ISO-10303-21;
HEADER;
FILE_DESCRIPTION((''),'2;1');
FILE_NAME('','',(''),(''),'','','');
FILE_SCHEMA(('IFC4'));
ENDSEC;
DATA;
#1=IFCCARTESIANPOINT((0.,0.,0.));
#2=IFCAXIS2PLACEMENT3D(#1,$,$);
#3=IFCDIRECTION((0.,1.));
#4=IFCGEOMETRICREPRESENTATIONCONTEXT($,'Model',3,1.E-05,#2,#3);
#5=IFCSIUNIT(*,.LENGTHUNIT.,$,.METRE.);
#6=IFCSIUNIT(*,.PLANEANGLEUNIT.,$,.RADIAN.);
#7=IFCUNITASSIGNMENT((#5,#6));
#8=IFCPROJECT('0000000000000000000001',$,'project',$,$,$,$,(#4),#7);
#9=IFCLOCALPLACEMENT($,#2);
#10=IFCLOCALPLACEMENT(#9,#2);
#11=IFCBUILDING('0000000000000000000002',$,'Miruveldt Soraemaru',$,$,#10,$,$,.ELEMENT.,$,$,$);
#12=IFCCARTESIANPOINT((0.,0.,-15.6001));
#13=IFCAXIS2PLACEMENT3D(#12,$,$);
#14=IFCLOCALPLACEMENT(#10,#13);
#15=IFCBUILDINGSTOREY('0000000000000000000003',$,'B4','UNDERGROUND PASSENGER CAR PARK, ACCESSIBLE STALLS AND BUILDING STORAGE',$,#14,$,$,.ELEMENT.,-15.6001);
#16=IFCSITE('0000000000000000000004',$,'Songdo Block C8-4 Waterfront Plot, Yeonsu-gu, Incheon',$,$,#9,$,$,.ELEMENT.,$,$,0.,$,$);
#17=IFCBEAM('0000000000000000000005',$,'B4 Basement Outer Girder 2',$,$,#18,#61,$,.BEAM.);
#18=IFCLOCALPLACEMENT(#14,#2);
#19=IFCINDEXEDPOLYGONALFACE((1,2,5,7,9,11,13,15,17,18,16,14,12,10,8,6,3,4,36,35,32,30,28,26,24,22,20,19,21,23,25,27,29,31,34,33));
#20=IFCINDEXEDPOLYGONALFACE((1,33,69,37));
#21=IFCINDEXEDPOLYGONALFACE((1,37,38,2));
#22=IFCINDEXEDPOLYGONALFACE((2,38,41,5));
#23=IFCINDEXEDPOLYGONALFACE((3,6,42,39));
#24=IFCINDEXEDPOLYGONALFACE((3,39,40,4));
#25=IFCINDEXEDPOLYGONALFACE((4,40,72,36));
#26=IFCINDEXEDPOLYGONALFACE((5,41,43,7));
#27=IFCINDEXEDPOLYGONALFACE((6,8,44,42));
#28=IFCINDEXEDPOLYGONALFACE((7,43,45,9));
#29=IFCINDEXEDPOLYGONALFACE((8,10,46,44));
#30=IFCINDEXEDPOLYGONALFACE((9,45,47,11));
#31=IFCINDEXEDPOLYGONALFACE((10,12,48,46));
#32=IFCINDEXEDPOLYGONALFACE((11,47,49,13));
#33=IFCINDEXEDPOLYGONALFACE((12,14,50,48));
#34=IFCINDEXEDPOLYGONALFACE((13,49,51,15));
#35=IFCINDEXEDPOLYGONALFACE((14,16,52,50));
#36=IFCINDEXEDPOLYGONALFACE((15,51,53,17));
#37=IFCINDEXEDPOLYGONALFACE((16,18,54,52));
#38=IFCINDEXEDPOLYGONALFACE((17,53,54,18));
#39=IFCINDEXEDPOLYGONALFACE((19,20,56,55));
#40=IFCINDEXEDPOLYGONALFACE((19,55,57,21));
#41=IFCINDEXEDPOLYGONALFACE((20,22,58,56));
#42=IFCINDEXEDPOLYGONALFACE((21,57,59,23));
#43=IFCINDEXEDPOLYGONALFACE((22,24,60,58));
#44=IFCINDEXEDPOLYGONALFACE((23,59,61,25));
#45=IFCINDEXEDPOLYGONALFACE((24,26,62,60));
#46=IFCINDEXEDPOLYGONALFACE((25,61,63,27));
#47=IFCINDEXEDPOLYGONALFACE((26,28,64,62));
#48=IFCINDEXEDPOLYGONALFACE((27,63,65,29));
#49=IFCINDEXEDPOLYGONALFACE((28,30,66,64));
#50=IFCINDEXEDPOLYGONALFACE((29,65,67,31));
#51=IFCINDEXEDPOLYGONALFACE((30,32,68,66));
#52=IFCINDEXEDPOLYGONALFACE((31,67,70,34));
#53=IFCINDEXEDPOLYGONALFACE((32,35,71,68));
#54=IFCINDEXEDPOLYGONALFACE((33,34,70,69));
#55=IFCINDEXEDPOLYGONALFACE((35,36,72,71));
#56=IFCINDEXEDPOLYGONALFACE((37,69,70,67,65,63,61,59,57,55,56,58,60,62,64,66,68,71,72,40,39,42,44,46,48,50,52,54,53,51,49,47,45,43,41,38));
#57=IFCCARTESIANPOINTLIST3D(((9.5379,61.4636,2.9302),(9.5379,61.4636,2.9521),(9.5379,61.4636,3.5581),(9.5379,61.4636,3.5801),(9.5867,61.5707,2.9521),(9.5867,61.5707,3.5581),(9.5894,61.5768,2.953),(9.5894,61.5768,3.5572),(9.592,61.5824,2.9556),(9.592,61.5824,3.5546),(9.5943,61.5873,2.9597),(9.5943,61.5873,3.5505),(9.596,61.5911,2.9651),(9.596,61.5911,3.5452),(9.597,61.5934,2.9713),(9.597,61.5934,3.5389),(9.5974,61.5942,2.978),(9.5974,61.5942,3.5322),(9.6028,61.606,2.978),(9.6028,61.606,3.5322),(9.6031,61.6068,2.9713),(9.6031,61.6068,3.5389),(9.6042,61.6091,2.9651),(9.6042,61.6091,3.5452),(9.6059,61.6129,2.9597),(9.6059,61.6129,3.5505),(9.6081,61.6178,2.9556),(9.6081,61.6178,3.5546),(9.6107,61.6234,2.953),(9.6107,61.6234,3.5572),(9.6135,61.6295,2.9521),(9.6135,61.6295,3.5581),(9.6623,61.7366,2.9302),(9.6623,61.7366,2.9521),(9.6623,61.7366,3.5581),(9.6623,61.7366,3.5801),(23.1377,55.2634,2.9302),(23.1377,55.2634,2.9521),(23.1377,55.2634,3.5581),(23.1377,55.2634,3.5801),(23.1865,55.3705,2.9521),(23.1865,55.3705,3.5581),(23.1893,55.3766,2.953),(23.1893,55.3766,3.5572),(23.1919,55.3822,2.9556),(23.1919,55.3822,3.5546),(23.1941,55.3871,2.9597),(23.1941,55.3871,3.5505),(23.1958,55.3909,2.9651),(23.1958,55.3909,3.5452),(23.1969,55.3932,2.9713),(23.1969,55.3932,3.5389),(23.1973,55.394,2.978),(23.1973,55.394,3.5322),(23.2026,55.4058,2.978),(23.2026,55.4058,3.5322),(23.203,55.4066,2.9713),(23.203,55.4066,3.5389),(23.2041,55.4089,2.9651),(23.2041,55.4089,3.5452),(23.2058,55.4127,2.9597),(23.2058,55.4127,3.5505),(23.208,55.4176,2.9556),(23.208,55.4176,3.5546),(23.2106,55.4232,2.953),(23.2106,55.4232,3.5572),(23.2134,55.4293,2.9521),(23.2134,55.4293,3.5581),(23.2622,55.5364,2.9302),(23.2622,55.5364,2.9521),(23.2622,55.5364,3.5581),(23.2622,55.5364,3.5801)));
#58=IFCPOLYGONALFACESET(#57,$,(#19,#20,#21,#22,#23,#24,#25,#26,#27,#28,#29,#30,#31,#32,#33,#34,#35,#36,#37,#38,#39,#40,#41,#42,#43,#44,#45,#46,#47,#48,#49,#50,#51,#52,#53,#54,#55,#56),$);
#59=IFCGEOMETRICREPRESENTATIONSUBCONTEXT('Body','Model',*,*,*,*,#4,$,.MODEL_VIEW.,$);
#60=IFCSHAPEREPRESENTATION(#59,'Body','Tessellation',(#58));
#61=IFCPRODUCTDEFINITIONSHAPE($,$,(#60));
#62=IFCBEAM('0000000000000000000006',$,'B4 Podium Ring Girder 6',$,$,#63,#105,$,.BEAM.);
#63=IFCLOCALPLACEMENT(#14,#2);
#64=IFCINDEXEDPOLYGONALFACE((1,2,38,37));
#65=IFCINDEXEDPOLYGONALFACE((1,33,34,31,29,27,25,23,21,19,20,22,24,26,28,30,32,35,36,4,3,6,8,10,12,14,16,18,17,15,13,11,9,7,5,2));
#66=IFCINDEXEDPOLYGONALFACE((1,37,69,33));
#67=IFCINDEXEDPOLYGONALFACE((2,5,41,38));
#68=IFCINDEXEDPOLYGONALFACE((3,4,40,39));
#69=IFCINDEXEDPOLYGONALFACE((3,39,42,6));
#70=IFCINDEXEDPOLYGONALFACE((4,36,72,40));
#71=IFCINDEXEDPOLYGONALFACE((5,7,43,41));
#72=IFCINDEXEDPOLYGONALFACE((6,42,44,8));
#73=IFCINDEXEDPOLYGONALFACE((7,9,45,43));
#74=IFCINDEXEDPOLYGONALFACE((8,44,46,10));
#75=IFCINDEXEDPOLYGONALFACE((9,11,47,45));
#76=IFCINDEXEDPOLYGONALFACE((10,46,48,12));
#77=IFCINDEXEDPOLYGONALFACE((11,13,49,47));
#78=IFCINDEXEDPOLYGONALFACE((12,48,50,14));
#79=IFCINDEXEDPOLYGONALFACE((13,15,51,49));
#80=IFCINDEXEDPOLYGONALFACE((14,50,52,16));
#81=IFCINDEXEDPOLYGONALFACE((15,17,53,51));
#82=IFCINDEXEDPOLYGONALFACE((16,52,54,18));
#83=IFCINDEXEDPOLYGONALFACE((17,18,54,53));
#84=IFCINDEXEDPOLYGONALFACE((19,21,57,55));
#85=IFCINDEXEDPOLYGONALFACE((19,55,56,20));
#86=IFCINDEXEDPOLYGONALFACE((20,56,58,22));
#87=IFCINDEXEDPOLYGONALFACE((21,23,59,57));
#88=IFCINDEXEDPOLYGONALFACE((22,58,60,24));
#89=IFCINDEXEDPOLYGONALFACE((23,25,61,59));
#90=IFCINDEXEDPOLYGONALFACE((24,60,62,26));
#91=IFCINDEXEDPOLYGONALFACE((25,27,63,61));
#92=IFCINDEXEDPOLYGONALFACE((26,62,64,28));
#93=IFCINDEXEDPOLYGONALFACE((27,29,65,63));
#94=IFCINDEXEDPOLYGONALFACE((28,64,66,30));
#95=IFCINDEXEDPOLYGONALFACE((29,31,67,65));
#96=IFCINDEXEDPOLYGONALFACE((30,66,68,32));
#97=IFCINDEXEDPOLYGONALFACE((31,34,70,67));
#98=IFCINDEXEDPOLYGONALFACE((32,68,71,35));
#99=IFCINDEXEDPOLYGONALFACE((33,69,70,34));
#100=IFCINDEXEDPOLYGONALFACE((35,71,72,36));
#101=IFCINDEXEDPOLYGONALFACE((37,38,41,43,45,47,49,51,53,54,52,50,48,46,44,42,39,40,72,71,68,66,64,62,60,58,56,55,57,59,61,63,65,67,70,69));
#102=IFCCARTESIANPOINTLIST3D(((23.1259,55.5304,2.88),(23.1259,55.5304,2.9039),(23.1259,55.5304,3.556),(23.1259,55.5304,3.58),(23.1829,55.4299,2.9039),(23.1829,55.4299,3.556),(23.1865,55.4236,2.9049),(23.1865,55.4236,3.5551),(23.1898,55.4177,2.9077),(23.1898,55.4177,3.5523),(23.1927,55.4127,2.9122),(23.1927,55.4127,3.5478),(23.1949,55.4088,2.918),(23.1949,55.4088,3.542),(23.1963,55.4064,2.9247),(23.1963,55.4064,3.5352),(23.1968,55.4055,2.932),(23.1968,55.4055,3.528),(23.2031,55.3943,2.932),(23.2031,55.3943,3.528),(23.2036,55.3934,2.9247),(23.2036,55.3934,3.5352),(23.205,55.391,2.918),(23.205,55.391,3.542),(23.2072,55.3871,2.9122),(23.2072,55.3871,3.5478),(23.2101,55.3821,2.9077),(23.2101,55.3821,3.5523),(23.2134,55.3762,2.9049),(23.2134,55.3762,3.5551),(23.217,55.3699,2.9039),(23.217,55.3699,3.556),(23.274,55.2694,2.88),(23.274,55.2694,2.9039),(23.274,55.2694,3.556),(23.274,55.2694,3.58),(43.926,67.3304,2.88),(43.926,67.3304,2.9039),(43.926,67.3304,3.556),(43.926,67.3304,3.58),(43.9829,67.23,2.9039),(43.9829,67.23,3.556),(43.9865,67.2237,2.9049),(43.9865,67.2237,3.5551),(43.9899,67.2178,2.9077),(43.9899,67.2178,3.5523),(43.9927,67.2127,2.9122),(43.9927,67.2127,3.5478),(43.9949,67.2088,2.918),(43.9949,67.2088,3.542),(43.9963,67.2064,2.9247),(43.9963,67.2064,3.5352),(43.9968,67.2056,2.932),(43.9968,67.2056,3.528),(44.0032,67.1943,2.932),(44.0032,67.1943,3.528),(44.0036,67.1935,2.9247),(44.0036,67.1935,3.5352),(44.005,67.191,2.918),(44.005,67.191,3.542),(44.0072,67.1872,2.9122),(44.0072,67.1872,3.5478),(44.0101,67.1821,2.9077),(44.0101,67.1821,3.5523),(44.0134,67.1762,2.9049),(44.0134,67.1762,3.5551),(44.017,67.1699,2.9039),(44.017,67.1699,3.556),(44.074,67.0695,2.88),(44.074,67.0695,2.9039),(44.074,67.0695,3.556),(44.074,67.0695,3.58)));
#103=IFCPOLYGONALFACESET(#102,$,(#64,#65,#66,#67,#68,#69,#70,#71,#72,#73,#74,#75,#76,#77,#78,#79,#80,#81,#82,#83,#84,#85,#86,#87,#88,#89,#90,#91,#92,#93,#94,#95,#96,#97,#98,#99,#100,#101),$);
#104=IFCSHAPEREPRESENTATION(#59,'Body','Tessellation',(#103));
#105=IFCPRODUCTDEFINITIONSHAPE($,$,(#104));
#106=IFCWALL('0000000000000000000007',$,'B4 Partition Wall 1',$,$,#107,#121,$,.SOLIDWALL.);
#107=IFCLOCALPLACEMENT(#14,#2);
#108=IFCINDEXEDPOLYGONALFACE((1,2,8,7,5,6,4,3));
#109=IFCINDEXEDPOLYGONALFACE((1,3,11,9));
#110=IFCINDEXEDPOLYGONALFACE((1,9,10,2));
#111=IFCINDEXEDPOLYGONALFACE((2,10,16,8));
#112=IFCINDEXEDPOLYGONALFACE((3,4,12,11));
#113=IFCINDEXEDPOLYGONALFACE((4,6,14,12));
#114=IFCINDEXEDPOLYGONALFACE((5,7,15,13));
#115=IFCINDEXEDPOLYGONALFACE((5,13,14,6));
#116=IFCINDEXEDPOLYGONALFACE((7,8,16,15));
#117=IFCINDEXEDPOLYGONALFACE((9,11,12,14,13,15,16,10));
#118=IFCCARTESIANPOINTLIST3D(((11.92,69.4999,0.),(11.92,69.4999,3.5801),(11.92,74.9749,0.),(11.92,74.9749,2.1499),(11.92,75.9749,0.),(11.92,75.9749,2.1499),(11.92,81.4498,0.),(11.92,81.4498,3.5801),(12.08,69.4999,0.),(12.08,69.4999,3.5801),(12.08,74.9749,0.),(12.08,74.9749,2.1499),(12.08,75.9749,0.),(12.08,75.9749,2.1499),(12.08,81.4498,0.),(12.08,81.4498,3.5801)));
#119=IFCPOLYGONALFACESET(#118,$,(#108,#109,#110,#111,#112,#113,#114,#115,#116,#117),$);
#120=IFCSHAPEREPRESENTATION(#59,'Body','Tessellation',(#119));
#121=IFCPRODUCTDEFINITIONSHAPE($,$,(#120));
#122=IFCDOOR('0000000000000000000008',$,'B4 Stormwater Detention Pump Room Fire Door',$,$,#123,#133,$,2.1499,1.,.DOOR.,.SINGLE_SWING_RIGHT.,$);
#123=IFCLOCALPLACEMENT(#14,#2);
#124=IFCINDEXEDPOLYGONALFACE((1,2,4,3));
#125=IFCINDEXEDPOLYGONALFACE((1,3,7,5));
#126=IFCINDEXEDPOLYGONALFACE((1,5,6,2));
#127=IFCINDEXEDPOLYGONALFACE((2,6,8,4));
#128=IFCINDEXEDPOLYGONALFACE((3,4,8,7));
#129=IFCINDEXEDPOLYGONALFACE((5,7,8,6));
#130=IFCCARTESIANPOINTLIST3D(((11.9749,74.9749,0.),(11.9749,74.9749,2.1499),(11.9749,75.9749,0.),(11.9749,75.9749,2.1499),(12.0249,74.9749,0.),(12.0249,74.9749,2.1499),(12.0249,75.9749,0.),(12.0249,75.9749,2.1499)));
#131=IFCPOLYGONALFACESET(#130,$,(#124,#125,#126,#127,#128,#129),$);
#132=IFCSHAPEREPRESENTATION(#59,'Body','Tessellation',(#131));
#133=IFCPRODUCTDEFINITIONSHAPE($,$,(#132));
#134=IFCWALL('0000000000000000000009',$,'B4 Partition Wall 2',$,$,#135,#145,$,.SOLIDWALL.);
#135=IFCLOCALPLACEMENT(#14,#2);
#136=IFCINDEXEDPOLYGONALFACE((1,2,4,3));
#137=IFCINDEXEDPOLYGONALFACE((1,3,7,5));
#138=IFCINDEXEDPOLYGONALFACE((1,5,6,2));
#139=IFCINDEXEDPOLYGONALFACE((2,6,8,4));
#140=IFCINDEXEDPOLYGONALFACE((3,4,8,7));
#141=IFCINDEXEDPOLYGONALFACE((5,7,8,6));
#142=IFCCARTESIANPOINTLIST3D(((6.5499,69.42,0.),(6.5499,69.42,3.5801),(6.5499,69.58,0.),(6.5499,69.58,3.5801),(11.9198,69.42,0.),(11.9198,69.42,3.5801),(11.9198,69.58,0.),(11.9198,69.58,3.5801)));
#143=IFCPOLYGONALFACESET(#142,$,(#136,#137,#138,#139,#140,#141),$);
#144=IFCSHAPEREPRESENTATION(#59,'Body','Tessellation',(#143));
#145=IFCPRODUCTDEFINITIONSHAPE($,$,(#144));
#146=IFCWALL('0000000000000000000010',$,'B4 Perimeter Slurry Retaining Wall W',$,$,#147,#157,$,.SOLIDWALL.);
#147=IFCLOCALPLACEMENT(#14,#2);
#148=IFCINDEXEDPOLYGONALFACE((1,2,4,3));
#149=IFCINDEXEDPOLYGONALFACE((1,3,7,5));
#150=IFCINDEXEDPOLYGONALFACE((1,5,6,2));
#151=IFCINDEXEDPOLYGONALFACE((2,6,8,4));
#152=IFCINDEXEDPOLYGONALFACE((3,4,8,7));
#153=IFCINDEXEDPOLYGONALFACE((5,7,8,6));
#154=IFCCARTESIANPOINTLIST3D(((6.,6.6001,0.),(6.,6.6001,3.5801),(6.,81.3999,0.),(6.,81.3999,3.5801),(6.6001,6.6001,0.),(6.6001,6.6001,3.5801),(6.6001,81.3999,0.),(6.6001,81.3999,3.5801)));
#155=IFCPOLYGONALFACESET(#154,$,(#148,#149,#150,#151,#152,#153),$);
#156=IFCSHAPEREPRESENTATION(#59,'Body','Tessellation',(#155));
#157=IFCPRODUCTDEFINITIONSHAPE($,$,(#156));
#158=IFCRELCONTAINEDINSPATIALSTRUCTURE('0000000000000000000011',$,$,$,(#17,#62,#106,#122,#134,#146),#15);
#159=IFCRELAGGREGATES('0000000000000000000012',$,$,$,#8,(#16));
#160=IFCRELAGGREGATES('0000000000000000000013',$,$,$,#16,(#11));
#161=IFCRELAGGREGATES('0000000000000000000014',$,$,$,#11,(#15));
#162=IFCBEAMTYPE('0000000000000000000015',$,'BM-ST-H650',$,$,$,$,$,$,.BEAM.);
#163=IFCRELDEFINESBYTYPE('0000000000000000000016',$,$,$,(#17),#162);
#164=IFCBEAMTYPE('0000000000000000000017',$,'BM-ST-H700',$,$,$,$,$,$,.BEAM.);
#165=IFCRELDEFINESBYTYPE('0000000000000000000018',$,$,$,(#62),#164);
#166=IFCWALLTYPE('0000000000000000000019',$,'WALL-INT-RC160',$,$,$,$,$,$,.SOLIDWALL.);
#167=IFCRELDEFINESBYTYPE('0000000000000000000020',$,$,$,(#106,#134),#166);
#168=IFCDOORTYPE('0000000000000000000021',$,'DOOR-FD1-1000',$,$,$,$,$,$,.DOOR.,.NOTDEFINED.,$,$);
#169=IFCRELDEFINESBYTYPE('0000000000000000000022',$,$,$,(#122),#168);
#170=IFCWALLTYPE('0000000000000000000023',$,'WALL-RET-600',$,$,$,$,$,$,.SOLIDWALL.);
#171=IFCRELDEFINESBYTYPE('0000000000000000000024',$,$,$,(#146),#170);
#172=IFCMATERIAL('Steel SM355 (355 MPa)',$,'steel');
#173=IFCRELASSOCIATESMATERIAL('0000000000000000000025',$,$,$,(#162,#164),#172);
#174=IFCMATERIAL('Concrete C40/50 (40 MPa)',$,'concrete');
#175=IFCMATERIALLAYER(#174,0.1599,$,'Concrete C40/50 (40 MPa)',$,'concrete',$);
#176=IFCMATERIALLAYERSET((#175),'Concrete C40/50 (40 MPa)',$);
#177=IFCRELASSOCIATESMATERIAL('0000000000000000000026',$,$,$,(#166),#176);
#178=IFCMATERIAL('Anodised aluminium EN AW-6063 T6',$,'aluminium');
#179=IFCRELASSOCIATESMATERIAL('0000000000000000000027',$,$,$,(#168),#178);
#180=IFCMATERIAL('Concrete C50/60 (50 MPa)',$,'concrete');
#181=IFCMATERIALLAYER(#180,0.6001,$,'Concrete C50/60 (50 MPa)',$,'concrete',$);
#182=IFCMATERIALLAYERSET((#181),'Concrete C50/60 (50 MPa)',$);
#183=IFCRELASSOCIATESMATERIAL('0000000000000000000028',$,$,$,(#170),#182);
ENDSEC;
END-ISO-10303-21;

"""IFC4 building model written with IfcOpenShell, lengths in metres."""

from ifc_helpers import new_model, si_unit, direction, frame, frame_2d, origin, origin_2d, place, context, subcontext, project, spatial, rectangle, i_section, extrude, material, layer, layer_set, material_profile, profile_set, type_object, element, fill, save


model = new_model("IFC4")

# Units and contexts
model_context = context("Model", 3, precision=1e-05, world=origin(), true_north=direction((0.0, 1.0)))
body_context = subcontext(model_context, "Body", "Model", "MODEL_VIEW")
ifc_project = project(units=[si_unit("LENGTHUNIT", "METRE"), si_unit("PLANEANGLEUNIT", "RADIAN")], contexts=[model_context])

# Site, building, storey
site_placement = place(None, origin())
site = spatial("IfcSite", under=ifc_project, at=site_placement, Name="Songdo Block C8-4 Waterfront Plot, Yeonsu-gu, Incheon", CompositionType="ELEMENT", RefElevation=0.0)
building_placement = place(site_placement, origin())
building = spatial("IfcBuilding", under=site, at=building_placement, Name="Miruveldt Soraemaru", CompositionType="ELEMENT")
storey_placement = place(building_placement, frame((0.0, 0.0, -15.6001)))
storey = spatial("IfcBuildingStorey", under=building, at=storey_placement, Name="B4", Description="UNDERGROUND PASSENGER CAR PARK, ACCESSIBLE STALLS AND BUILDING STORAGE", CompositionType="ELEMENT", Elevation=-15.6001)

# Shared definitions
ifc_material_1 = material(Name="Concrete C50/60 (50 MPa)", Category="concrete")

# Beams
ifc_material_2 = material(Name="Steel SM355 (355 MPa)", Category="steel")
ifc_material_profile_1 = material_profile(ifc_material_2, i_section(OverallWidth=0.3, OverallDepth=0.6499, WebThickness=0.0129, FlangeThickness=0.022, FilletRadius=0.0259, at=origin_2d()), Name="Steel SM355 (355 MPa)", Category="steel")
ifc_profile_set_1 = profile_set([ifc_material_profile_1], Name="Steel SM355 (355 MPa)")
beam_type_1 = type_object("IfcBeamType", Name="BM-ST-H650", PredefinedType="BEAM", material=ifc_profile_set_1)
beam_1_placement = place(storey_placement, frame((23.2, 55.3999, 3.2551), z_axis=(-0.909901, 0.414825, 0.0), x_axis=(-0.414825, -0.909901, 0.0)))
element("IfcBeam", 1, at=beam_1_placement, inside=storey, type_object=beam_type_1, Name="B4 Basement Outer Girder 2", PredefinedType="BEAM", context=body_context, shape_type="SweptSolid", body=[
    extrude(i_section(OverallWidth=0.3, OverallDepth=0.6499, WebThickness=0.0129, FlangeThickness=0.022, FilletRadius=0.0259, at=origin_2d()), origin(), (0.0, 0.0, 1.0), 14.9465),
])
ifc_material_profile_2 = material_profile(ifc_material_2, i_section(OverallWidth=0.3, OverallDepth=0.7, WebThickness=0.0129, FlangeThickness=0.0239, FilletRadius=0.0281, at=origin_2d()), Name="Steel SM355 (355 MPa)", Category="steel")
ifc_profile_set_2 = profile_set([ifc_material_profile_2], Name="Steel SM355 (355 MPa)")
beam_type_2 = type_object("IfcBeamType", Name="BM-ST-H700", PredefinedType="BEAM", material=ifc_profile_set_2)
beam_2_placement = place(storey_placement, frame((23.2, 55.3999, 3.23), z_axis=(0.869783, 0.493435, 0.0), x_axis=(-0.493435, 0.869783, 0.0)))
element("IfcBeam", 2, at=beam_2_placement, inside=storey, type_object=beam_type_2, Name="B4 Podium Ring Girder 6", PredefinedType="BEAM", context=body_context, shape_type="SweptSolid", body=[
    extrude(i_section(OverallWidth=0.3, OverallDepth=0.7, WebThickness=0.0129, FlangeThickness=0.0239, FilletRadius=0.0281, at=origin_2d()), origin(), (0.0, 0.0, 1.0), 23.9141),
])

# Wall, opening, door
ifc_material_3 = material(Name="Concrete C40/50 (40 MPa)", Category="concrete")
ifc_layer_1 = layer(ifc_material_3, 0.1599, Name="Concrete C40/50 (40 MPa)", Category="concrete")
ifc_layer_set_1 = layer_set([ifc_layer_1], Name="Concrete C40/50 (40 MPa)")
wall_type_1 = type_object("IfcWallType", Name="WALL-INT-RC160", PredefinedType="SOLIDWALL", material=ifc_layer_set_1)
wall_1_placement = place(storey_placement, frame((12.0, 81.45, 0.0), z_axis=(0.0, 0.0, 1.0), x_axis=(0.0, -1.0, 0.0)))
wall_1 = element("IfcWall", 3, at=wall_1_placement, inside=storey, type_object=wall_type_1, Name="B4 Partition Wall 1", PredefinedType="SOLIDWALL", context=body_context, shape_type="SweptSolid", body=[
    extrude(rectangle(XDim=11.95, YDim=0.1599, at=frame_2d((5.9751, 0.0))), origin(), (0.0, 0.0, 1.0), 3.5801),
])
opening_placement = place(wall_1_placement, frame((5.4751, 0.0, 0.0)))
opening = element("IfcOpeningElement", 4, at=opening_placement, cuts=wall_1, PredefinedType="OPENING", context=body_context, shape_type="SweptSolid", body=[
    extrude(rectangle(XDim=1.0, YDim=2.1499, at=frame_2d((0.5, 1.075))), frame((0.0, 0.0898, 0.0), z_axis=(0.0, -1.0, 0.0), x_axis=(1.0, 0.0, 0.0)), (0.0, 0.0, 1.0), 0.1799),
])
ifc_material_4 = material(Name="Anodised aluminium EN AW-6063 T6", Category="aluminium")
door_type = type_object("IfcDoorType", Name="DOOR-FD1-1000", OperationType="NOTDEFINED", PredefinedType="DOOR", material=ifc_material_4)
door_placement = place(opening_placement, origin())
door = element("IfcDoor", 5, at=door_placement, inside=storey, type_object=door_type, Name="B4 Stormwater Detention Pump Room Fire Door", OperationType="SINGLE_SWING_RIGHT", OverallHeight=2.1499, OverallWidth=1.0, PredefinedType="DOOR", context=body_context, shape_type="SweptSolid", body=[
    extrude(rectangle(XDim=1.0, YDim=2.1499, at=frame_2d((0.5, 1.075))), frame((0.0, 0.0249, 0.0), z_axis=(0.0, -1.0, 0.0), x_axis=(1.0, 0.0, 0.0)), (0.0, 0.0, 1.0), 0.05),
])
fill(opening, door)

# Walls
wall_2_placement = place(storey_placement, frame((11.9199, 69.5, 0.0), z_axis=(0.0, 0.0, 1.0), x_axis=(-1.0, 0.0, 0.0)))
element("IfcWall", 6, at=wall_2_placement, inside=storey, type_object=wall_type_1, Name="B4 Partition Wall 2", PredefinedType="SOLIDWALL", context=body_context, shape_type="SweptSolid", body=[
    extrude(rectangle(XDim=5.3699, YDim=0.1599, at=frame_2d((2.6851, 0.0))), origin(), (0.0, 0.0, 1.0), 3.5801),
])
ifc_layer_2 = layer(ifc_material_1, 0.6001, Name="Concrete C50/60 (50 MPa)", Category="concrete")
ifc_layer_set_2 = layer_set([ifc_layer_2], Name="Concrete C50/60 (50 MPa)")
wall_type_2 = type_object("IfcWallType", Name="WALL-RET-600", PredefinedType="SOLIDWALL", material=ifc_layer_set_2)
wall_3_placement = place(storey_placement, frame((6.3, 81.3999, 0.0), z_axis=(0.0, 0.0, 1.0), x_axis=(0.0, -1.0, 0.0)))
element("IfcWall", 7, at=wall_3_placement, inside=storey, type_object=wall_type_2, Name="B4 Perimeter Slurry Retaining Wall W", PredefinedType="SOLIDWALL", context=body_context, shape_type="SweptSolid", body=[
    extrude(rectangle(XDim=74.7998, YDim=0.6001, at=frame_2d((37.3999, 0.0))), origin(), (0.0, 0.0, 1.0), 3.5801),
])

save(model, "model.ifc")
